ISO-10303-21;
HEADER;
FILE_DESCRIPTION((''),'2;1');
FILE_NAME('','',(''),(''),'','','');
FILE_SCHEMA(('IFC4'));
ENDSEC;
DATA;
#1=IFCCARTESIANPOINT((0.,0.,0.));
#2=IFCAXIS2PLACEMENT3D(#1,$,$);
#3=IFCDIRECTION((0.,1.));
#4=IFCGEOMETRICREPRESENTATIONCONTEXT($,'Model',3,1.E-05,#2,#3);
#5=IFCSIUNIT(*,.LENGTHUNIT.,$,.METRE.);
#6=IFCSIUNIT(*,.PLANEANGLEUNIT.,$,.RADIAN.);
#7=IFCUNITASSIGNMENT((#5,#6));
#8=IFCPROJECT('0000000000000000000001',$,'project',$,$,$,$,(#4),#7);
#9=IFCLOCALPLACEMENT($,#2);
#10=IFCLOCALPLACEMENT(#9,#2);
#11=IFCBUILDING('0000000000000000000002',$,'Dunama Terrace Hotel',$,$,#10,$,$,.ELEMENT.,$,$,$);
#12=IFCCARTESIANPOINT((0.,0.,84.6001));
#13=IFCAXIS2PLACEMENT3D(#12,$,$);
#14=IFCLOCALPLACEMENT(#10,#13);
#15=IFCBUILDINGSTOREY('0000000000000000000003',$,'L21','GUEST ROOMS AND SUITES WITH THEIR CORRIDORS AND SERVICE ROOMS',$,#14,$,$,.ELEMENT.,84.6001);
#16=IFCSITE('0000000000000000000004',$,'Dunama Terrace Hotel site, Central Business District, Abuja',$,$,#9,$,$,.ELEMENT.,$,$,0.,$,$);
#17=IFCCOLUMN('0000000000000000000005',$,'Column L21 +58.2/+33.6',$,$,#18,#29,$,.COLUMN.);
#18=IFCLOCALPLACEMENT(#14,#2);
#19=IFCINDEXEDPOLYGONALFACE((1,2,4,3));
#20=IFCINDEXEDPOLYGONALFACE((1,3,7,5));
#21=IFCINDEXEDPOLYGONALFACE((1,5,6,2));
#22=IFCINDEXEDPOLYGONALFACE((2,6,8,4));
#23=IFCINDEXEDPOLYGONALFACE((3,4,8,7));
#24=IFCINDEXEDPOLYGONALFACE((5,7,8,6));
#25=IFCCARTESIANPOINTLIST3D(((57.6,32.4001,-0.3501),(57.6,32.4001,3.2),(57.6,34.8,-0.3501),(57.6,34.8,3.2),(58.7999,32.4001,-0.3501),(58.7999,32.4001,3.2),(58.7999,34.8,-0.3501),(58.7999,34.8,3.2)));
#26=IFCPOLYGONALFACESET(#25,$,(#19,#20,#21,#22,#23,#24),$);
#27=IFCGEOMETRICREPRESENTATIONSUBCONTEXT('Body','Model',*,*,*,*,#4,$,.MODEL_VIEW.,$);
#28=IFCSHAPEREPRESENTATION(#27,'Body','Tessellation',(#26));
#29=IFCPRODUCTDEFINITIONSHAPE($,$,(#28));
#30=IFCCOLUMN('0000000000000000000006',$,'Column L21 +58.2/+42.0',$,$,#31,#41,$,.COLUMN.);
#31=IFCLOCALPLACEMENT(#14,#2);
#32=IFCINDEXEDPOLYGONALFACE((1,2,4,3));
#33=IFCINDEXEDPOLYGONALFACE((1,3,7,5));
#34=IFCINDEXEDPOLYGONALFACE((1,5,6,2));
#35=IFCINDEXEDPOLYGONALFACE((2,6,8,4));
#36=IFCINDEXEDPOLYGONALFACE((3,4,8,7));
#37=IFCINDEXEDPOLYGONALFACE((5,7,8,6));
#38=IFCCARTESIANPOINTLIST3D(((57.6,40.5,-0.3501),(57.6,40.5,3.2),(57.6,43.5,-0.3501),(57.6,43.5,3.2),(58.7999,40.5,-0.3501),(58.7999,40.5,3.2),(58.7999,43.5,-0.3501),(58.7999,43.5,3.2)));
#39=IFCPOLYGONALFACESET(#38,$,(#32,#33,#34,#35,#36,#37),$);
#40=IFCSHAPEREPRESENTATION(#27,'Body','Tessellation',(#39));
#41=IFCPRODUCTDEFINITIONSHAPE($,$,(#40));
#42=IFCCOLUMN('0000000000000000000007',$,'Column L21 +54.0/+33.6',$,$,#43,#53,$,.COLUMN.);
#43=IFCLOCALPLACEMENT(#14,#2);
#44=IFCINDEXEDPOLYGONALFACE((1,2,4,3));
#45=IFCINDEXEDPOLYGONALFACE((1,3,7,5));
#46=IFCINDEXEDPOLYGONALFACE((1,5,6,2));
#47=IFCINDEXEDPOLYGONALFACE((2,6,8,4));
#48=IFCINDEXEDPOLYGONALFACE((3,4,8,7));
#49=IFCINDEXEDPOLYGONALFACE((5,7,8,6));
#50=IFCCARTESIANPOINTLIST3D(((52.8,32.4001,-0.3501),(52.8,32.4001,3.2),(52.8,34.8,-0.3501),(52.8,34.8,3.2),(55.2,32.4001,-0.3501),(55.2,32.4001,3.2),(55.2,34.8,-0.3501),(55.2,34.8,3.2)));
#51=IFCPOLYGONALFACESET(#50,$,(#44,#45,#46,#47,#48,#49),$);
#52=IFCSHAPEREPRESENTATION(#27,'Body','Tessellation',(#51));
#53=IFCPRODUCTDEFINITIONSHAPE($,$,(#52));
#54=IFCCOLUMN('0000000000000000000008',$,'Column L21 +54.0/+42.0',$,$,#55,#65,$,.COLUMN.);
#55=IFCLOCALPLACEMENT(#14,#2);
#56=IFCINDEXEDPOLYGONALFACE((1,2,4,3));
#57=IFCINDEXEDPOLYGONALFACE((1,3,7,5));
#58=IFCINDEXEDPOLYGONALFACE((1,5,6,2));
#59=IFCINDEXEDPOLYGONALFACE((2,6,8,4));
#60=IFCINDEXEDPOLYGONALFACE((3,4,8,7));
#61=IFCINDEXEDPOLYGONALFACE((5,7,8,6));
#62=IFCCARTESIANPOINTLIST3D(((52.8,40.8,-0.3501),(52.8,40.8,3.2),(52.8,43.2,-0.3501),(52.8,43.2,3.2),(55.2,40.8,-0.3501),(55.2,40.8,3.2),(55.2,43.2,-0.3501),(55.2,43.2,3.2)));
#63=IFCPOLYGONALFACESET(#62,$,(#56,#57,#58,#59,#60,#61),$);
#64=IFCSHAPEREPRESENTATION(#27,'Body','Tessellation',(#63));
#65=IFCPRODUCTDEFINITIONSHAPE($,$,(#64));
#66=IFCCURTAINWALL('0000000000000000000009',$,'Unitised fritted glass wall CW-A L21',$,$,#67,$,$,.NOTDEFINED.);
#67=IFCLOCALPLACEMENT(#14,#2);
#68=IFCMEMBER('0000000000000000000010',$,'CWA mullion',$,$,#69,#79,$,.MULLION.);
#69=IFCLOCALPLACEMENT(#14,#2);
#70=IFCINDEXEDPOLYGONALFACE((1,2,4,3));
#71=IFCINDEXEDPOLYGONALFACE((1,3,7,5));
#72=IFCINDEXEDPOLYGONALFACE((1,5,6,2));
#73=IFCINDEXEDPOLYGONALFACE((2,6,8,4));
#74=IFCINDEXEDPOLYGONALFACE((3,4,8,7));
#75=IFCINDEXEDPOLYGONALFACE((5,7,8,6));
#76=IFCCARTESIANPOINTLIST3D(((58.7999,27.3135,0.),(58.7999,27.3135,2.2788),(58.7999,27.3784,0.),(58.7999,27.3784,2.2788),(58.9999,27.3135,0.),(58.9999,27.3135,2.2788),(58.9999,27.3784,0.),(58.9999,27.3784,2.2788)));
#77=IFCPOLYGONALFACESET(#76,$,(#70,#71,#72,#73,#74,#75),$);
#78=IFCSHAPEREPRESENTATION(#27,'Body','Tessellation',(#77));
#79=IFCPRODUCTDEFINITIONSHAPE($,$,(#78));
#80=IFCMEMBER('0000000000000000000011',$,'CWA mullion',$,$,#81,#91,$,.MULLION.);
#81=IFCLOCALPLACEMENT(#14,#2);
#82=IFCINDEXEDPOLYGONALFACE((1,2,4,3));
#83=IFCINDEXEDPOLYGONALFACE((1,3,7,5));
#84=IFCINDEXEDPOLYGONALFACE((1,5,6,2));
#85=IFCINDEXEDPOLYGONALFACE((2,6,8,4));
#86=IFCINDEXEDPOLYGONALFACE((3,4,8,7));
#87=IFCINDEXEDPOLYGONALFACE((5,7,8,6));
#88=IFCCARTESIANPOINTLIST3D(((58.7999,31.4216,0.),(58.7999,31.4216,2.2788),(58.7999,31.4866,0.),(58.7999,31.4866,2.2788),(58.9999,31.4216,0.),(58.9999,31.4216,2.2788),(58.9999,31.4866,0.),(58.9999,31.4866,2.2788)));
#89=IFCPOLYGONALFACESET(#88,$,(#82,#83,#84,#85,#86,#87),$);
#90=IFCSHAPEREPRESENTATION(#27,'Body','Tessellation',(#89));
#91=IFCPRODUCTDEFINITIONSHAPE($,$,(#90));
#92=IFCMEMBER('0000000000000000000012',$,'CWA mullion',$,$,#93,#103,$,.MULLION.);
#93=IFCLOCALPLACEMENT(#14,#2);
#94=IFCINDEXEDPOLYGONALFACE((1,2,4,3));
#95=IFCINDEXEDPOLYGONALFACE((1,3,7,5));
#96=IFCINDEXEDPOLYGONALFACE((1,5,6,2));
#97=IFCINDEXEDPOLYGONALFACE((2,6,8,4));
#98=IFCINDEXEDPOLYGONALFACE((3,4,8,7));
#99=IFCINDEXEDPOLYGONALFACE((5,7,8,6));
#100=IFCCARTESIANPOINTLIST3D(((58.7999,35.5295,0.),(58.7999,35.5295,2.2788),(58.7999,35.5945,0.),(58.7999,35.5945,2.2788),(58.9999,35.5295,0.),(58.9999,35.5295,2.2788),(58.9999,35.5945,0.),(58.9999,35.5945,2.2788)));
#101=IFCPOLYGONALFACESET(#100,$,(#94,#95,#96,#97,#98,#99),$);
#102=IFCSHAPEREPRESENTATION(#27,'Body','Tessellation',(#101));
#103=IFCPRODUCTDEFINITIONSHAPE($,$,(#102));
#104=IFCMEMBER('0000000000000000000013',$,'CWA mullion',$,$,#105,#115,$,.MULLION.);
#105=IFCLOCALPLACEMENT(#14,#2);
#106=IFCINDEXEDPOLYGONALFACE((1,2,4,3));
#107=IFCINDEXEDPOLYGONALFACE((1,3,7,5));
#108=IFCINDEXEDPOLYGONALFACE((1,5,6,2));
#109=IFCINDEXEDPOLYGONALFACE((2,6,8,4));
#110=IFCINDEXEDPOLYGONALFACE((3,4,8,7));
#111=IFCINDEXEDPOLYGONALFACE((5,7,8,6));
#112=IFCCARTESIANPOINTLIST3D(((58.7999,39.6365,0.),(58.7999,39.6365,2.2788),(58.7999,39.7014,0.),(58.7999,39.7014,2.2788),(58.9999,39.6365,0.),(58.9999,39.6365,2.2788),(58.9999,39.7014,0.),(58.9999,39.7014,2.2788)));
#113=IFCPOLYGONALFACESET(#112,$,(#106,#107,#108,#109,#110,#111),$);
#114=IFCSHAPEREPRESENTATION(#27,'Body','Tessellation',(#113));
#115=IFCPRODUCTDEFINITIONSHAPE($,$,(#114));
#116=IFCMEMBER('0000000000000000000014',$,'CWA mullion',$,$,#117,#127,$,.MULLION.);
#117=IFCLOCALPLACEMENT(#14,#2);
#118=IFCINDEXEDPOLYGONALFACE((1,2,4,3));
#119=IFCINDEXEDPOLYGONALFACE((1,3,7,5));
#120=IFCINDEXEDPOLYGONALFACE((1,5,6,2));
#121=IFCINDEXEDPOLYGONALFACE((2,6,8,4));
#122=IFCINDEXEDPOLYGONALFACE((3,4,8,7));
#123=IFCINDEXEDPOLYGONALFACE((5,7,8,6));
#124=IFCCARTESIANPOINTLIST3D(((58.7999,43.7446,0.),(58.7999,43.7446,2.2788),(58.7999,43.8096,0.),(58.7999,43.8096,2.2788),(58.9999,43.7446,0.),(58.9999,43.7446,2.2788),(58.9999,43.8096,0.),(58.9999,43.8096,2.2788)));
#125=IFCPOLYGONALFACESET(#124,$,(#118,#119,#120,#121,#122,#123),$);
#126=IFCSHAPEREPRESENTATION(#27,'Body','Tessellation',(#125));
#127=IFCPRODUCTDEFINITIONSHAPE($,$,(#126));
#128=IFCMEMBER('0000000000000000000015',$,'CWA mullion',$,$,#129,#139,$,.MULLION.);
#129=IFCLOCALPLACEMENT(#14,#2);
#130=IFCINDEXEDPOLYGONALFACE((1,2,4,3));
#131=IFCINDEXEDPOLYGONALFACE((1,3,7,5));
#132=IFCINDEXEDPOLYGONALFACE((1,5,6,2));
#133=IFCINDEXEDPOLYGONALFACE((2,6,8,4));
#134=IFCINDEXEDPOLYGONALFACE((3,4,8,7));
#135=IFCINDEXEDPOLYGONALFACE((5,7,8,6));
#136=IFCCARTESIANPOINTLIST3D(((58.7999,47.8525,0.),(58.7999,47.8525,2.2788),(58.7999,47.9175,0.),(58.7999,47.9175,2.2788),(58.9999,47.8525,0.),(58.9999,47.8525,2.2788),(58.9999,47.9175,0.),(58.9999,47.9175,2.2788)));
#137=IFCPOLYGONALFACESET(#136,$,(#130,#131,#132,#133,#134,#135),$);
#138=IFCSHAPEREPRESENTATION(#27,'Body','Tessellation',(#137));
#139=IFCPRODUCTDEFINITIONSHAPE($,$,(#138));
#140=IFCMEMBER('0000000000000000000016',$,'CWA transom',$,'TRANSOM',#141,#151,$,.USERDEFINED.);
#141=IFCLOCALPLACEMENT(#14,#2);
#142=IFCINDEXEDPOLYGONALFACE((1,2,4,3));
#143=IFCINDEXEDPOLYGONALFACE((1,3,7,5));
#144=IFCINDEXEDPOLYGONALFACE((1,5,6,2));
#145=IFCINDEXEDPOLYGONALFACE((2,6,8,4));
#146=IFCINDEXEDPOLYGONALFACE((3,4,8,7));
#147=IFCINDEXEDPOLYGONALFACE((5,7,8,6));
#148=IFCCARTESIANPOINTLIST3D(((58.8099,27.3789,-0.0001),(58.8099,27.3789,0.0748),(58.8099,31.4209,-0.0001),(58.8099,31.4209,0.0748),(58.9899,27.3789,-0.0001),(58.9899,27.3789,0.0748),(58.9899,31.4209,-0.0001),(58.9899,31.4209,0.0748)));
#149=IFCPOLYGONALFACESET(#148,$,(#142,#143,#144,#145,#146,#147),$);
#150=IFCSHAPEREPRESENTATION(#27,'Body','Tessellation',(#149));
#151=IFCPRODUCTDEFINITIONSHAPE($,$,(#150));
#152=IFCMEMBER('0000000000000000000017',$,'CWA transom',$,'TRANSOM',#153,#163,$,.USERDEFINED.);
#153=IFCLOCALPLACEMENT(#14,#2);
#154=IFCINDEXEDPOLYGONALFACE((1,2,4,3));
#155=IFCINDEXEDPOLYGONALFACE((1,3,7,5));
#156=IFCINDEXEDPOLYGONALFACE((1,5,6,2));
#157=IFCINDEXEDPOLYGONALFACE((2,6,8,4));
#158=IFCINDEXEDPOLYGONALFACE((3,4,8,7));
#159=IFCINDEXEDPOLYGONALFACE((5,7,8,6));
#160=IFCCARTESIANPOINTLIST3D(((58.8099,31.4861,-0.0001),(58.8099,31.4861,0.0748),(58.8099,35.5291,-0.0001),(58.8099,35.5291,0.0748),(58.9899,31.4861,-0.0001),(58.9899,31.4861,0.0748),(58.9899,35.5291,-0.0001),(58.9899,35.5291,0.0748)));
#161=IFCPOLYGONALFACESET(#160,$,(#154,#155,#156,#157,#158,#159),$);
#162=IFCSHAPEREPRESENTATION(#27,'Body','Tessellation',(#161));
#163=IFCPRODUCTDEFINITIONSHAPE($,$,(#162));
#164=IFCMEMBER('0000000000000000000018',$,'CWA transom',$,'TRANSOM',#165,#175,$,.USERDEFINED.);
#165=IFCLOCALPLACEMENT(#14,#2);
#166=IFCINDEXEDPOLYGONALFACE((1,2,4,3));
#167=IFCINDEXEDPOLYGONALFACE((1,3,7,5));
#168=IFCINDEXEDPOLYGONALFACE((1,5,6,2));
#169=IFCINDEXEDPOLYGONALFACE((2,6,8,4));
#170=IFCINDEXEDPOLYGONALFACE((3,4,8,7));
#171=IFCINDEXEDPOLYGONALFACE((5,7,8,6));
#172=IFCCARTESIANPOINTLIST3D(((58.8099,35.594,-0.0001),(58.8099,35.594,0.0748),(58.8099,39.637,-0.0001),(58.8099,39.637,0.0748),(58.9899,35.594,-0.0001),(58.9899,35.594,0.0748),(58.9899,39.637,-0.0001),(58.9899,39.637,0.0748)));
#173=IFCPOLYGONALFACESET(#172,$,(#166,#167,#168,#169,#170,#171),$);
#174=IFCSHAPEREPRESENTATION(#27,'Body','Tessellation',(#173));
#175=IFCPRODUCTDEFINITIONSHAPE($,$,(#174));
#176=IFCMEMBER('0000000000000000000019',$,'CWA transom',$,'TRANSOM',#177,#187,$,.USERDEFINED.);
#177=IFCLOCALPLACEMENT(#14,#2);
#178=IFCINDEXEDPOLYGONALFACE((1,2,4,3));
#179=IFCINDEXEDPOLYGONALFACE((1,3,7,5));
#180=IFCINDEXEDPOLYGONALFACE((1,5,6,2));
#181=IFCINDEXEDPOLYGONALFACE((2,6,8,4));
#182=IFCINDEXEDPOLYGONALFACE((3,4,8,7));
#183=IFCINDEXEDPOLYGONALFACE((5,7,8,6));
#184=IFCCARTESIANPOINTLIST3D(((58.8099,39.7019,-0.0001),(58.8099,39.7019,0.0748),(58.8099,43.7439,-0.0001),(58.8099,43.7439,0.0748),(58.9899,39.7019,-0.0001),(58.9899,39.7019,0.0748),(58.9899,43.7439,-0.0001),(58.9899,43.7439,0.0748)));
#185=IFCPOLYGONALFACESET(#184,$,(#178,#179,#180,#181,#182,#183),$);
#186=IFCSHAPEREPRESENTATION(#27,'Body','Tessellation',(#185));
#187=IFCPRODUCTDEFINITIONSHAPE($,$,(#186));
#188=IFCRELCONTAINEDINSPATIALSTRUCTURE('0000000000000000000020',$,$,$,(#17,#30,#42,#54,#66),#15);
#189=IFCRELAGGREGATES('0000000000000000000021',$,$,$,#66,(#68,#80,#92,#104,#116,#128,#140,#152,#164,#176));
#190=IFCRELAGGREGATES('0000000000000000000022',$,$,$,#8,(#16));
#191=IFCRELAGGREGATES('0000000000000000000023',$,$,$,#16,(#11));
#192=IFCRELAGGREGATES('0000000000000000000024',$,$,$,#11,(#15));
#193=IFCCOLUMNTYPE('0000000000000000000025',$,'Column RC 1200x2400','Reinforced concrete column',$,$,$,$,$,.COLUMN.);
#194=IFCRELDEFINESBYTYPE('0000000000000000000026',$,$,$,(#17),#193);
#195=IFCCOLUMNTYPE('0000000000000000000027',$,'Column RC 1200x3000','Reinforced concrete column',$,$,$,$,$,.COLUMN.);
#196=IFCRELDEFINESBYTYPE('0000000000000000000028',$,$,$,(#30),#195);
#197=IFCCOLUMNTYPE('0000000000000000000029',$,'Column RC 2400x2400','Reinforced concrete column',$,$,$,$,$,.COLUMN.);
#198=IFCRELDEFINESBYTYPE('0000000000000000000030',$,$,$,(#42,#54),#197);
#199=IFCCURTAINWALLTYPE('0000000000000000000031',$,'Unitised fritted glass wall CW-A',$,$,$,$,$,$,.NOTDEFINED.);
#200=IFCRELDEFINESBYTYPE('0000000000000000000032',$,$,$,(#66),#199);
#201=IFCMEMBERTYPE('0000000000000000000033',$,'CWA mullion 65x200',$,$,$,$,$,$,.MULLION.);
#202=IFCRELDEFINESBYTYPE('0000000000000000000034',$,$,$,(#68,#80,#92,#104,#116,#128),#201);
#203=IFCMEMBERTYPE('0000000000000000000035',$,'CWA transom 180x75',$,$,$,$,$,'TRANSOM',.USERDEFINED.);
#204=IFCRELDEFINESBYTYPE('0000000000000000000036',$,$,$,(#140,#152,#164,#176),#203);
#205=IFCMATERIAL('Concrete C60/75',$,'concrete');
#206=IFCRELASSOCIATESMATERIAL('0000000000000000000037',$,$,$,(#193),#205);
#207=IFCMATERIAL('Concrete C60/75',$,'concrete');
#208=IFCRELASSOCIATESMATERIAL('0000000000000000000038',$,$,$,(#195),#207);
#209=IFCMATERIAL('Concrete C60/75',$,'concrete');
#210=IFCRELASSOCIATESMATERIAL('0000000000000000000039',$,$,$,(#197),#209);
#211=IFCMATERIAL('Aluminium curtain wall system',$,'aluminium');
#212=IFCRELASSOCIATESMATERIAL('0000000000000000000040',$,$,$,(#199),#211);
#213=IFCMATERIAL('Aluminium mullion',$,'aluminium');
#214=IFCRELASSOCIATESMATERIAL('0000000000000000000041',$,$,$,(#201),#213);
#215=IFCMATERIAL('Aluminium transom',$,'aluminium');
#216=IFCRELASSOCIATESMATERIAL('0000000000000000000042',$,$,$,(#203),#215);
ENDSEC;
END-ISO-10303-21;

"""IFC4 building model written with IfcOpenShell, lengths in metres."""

from ifc_helpers import new_model, si_unit, direction, frame, origin, origin_2d, place, context, subcontext, project, spatial, rectangle, extrude, material, material_profile, profile_set, type_object, element, aggregate, save


model = new_model("IFC4")

# Units and contexts
model_context = context("Model", 3, precision=1e-05, world=origin(), true_north=direction((0.0, 1.0)))
body_context = subcontext(model_context, "Body", "Model", "MODEL_VIEW")
ifc_project = project(units=[si_unit("LENGTHUNIT", "METRE"), si_unit("PLANEANGLEUNIT", "RADIAN")], contexts=[model_context])

# Site, building, storey
site_placement = place(None, origin())
site = spatial("IfcSite", under=ifc_project, at=site_placement, Name="Dunama Terrace Hotel site, Central Business District, Abuja", CompositionType="ELEMENT", RefElevation=0.0)
building_placement = place(site_placement, origin())
building = spatial("IfcBuilding", under=site, at=building_placement, Name="Dunama Terrace Hotel", CompositionType="ELEMENT")
storey_placement = place(building_placement, frame((0.0, 0.0, 84.6001)))
storey = spatial("IfcBuildingStorey", under=building, at=storey_placement, Name="L21", Description="GUEST ROOMS AND SUITES WITH THEIR CORRIDORS AND SERVICE ROOMS", CompositionType="ELEMENT", Elevation=84.6001)

# Columns
ifc_material_1 = material(Name="Concrete C60/75", Category="concrete")
ifc_material_profile_1 = material_profile(ifc_material_1, rectangle(XDim=1.2, YDim=2.3999, at=origin_2d()), Name="RC 1200x2400")
ifc_profile_set_1 = profile_set([ifc_material_profile_1], Name="Concrete C60/75")
column_type_1 = type_object("IfcColumnType", Name="Column RC 1200x2400", Description="Reinforced concrete column", PredefinedType="COLUMN", material=ifc_profile_set_1)
column_1_placement = place(storey_placement, frame((58.2, 33.6001, -0.3501), z_axis=(0.0, 0.0, 1.0), x_axis=(1.0, 0.0, 0.0)))
element("IfcColumn", 1, at=column_1_placement, inside=storey, type_object=column_type_1, Name="Column L21 +58.2/+33.6", PredefinedType="COLUMN", context=body_context, shape_type="SweptSolid", body=[
    extrude(rectangle(XDim=1.2, YDim=2.3999, at=origin_2d()), origin(), (0.0, 0.0, 1.0), 3.55),
])
ifc_material_2 = material(Name="Concrete C60/75", Category="concrete")
ifc_material_profile_2 = material_profile(ifc_material_2, rectangle(XDim=1.2, YDim=3.0, at=origin_2d()), Name="RC 1200x3000")
ifc_profile_set_2 = profile_set([ifc_material_profile_2], Name="Concrete C60/75")
column_type_2 = type_object("IfcColumnType", Name="Column RC 1200x3000", Description="Reinforced concrete column", PredefinedType="COLUMN", material=ifc_profile_set_2)
column_2_placement = place(storey_placement, frame((58.2, 42.0, -0.3501), z_axis=(0.0, 0.0, 1.0), x_axis=(1.0, 0.0, 0.0)))
element("IfcColumn", 2, at=column_2_placement, inside=storey, type_object=column_type_2, Name="Column L21 +58.2/+42.0", PredefinedType="COLUMN", context=body_context, shape_type="SweptSolid", body=[
    extrude(rectangle(XDim=1.2, YDim=3.0, at=origin_2d()), origin(), (0.0, 0.0, 1.0), 3.55),
])
ifc_material_3 = material(Name="Concrete C60/75", Category="concrete")
ifc_material_profile_3 = material_profile(ifc_material_3, rectangle(XDim=2.3999, YDim=2.3999, at=origin_2d()), Name="RC 2400x2400")
ifc_profile_set_3 = profile_set([ifc_material_profile_3], Name="Concrete C60/75")
column_type_3 = type_object("IfcColumnType", Name="Column RC 2400x2400", Description="Reinforced concrete column", PredefinedType="COLUMN", material=ifc_profile_set_3)
for number, where, z_axis, x_axis, name in (
    (3, (54.0, 33.6001, -0.3501), (0.0, 0.0, 1.0), (1.0, 0.0, 0.0), "Column L21 +54.0/+33.6"),
    (4, (54.0, 42.0, -0.3501), (0.0, 0.0, 1.0), (1.0, 0.0, 0.0), "Column L21 +54.0/+42.0"),
):
    element("IfcColumn", number, at=place(storey_placement, frame(where, z_axis=z_axis, x_axis=x_axis)), inside=storey, type_object=column_type_3, Name=name, PredefinedType="COLUMN", context=body_context, shape_type="SweptSolid", body=[
        extrude(rectangle(XDim=2.3999, YDim=2.3999, at=origin_2d()), origin(), (0.0, 0.0, 1.0), 3.55),
    ])

# Curtain wall, members
ifc_material_4 = material(Name="Aluminium curtain wall system", Category="aluminium")
curtain_wall_type = type_object("IfcCurtainWallType", Name="Unitised fritted glass wall CW-A", PredefinedType="NOTDEFINED", material=ifc_material_4)
curtain_wall_placement = place(storey_placement, origin())
curtain_wall = element("IfcCurtainWall", 5, at=curtain_wall_placement, inside=storey, type_object=curtain_wall_type, Name="Unitised fritted glass wall CW-A L21", PredefinedType="NOTDEFINED")
ifc_material_5 = material(Name="Aluminium mullion", Category="aluminium")
ifc_material_profile_4 = material_profile(ifc_material_5, rectangle(XDim=0.0649, YDim=0.2, at=origin_2d()), Name="CWA MULLION 65X200")
ifc_profile_set_4 = profile_set([ifc_material_profile_4], Name="Aluminium mullion")
member_type_1 = type_object("IfcMemberType", Name="CWA mullion 65x200", PredefinedType="MULLION", material=ifc_profile_set_4)
member_1_placement = place(storey_placement, frame((58.8999, 27.3459, 0.0), z_axis=(0.0, 0.0, 1.0), x_axis=(0.0, 1.0, 0.0)))
member_1 = element("IfcMember", 6, at=member_1_placement, type_object=member_type_1, Name="CWA mullion", PredefinedType="MULLION", context=body_context, shape_type="SweptSolid", body=[
    extrude(rectangle(XDim=0.0649, YDim=0.2, at=origin_2d()), origin(), (0.0, 0.0, 1.0), 2.2788),
])
member_2_placement = place(storey_placement, frame((58.8999, 31.4541, 0.0), z_axis=(0.0, 0.0, 1.0), x_axis=(0.0, 1.0, 0.0)))
member_2 = element("IfcMember", 7, at=member_2_placement, type_object=member_type_1, Name="CWA mullion", PredefinedType="MULLION", context=body_context, shape_type="SweptSolid", body=[
    extrude(rectangle(XDim=0.0649, YDim=0.2, at=origin_2d()), origin(), (0.0, 0.0, 1.0), 2.2788),
])
member_3_placement = place(storey_placement, frame((58.8999, 35.562, 0.0), z_axis=(0.0, 0.0, 1.0), x_axis=(0.0, 1.0, 0.0)))
member_3 = element("IfcMember", 8, at=member_3_placement, type_object=member_type_1, Name="CWA mullion", PredefinedType="MULLION", context=body_context, shape_type="SweptSolid", body=[
    extrude(rectangle(XDim=0.0649, YDim=0.2, at=origin_2d()), origin(), (0.0, 0.0, 1.0), 2.2788),
])
member_4_placement = place(storey_placement, frame((58.8999, 39.6689, 0.0), z_axis=(0.0, 0.0, 1.0), x_axis=(0.0, 1.0, 0.0)))
member_4 = element("IfcMember", 9, at=member_4_placement, type_object=member_type_1, Name="CWA mullion", PredefinedType="MULLION", context=body_context, shape_type="SweptSolid", body=[
    extrude(rectangle(XDim=0.0649, YDim=0.2, at=origin_2d()), origin(), (0.0, 0.0, 1.0), 2.2788),
])
member_5_placement = place(storey_placement, frame((58.8999, 43.7771, 0.0), z_axis=(0.0, 0.0, 1.0), x_axis=(0.0, 1.0, 0.0)))
member_5 = element("IfcMember", 10, at=member_5_placement, type_object=member_type_1, Name="CWA mullion", PredefinedType="MULLION", context=body_context, shape_type="SweptSolid", body=[
    extrude(rectangle(XDim=0.0649, YDim=0.2, at=origin_2d()), origin(), (0.0, 0.0, 1.0), 2.2788),
])
member_6_placement = place(storey_placement, frame((58.8999, 47.885, 0.0), z_axis=(0.0, 0.0, 1.0), x_axis=(0.0, 1.0, 0.0)))
member_6 = element("IfcMember", 11, at=member_6_placement, type_object=member_type_1, Name="CWA mullion", PredefinedType="MULLION", context=body_context, shape_type="SweptSolid", body=[
    extrude(rectangle(XDim=0.0649, YDim=0.2, at=origin_2d()), origin(), (0.0, 0.0, 1.0), 2.2788),
])
ifc_material_6 = material(Name="Aluminium transom", Category="aluminium")
ifc_material_profile_5 = material_profile(ifc_material_6, rectangle(XDim=0.1799, YDim=0.075, at=origin_2d()), Name="CWA TRANSOM 180X75")
ifc_profile_set_5 = profile_set([ifc_material_profile_5], Name="Aluminium transom")
member_type_2 = type_object("IfcMemberType", Name="CWA transom 180x75", ElementType="TRANSOM", PredefinedType="USERDEFINED", material=ifc_profile_set_5)
member_7_placement = place(storey_placement, frame((58.8999, 27.3789, 0.0374), z_axis=(0.0, 1.0, 0.0), x_axis=(-1.0, 0.0, 0.0)))
member_7 = element("IfcMember", 12, at=member_7_placement, type_object=member_type_2, Name="CWA transom", ObjectType="TRANSOM", PredefinedType="USERDEFINED", context=body_context, shape_type="SweptSolid", body=[
    extrude(rectangle(XDim=0.1799, YDim=0.075, at=origin_2d()), origin(), (0.0, 0.0, 1.0), 4.042),
])
member_8_placement = place(storey_placement, frame((58.8999, 31.4861, 0.0374), z_axis=(0.0, 1.0, 0.0), x_axis=(-1.0, 0.0, 0.0)))
member_8 = element("IfcMember", 13, at=member_8_placement, type_object=member_type_2, Name="CWA transom", ObjectType="TRANSOM", PredefinedType="USERDEFINED", context=body_context, shape_type="SweptSolid", body=[
    extrude(rectangle(XDim=0.1799, YDim=0.075, at=origin_2d()), origin(), (0.0, 0.0, 1.0), 4.043),
])
member_9_placement = place(storey_placement, frame((58.8999, 35.594, 0.0374), z_axis=(0.0, 1.0, 0.0), x_axis=(-1.0, 0.0, 0.0)))
member_9 = element("IfcMember", 14, at=member_9_placement, type_object=member_type_2, Name="CWA transom", ObjectType="TRANSOM", PredefinedType="USERDEFINED", context=body_context, shape_type="SweptSolid", body=[
    extrude(rectangle(XDim=0.1799, YDim=0.075, at=origin_2d()), origin(), (0.0, 0.0, 1.0), 4.043),
])
member_10_placement = place(storey_placement, frame((58.8999, 39.7019, 0.0374), z_axis=(0.0, 1.0, 0.0), x_axis=(-1.0, 0.0, 0.0)))
member_10 = element("IfcMember", 15, at=member_10_placement, type_object=member_type_2, Name="CWA transom", ObjectType="TRANSOM", PredefinedType="USERDEFINED", context=body_context, shape_type="SweptSolid", body=[
    extrude(rectangle(XDim=0.1799, YDim=0.075, at=origin_2d()), origin(), (0.0, 0.0, 1.0), 4.042),
])
aggregate(curtain_wall, [member_1, member_2, member_3, member_4, member_5, member_6, member_7, member_8, member_9, member_10])

save(model, "model.ifc")
